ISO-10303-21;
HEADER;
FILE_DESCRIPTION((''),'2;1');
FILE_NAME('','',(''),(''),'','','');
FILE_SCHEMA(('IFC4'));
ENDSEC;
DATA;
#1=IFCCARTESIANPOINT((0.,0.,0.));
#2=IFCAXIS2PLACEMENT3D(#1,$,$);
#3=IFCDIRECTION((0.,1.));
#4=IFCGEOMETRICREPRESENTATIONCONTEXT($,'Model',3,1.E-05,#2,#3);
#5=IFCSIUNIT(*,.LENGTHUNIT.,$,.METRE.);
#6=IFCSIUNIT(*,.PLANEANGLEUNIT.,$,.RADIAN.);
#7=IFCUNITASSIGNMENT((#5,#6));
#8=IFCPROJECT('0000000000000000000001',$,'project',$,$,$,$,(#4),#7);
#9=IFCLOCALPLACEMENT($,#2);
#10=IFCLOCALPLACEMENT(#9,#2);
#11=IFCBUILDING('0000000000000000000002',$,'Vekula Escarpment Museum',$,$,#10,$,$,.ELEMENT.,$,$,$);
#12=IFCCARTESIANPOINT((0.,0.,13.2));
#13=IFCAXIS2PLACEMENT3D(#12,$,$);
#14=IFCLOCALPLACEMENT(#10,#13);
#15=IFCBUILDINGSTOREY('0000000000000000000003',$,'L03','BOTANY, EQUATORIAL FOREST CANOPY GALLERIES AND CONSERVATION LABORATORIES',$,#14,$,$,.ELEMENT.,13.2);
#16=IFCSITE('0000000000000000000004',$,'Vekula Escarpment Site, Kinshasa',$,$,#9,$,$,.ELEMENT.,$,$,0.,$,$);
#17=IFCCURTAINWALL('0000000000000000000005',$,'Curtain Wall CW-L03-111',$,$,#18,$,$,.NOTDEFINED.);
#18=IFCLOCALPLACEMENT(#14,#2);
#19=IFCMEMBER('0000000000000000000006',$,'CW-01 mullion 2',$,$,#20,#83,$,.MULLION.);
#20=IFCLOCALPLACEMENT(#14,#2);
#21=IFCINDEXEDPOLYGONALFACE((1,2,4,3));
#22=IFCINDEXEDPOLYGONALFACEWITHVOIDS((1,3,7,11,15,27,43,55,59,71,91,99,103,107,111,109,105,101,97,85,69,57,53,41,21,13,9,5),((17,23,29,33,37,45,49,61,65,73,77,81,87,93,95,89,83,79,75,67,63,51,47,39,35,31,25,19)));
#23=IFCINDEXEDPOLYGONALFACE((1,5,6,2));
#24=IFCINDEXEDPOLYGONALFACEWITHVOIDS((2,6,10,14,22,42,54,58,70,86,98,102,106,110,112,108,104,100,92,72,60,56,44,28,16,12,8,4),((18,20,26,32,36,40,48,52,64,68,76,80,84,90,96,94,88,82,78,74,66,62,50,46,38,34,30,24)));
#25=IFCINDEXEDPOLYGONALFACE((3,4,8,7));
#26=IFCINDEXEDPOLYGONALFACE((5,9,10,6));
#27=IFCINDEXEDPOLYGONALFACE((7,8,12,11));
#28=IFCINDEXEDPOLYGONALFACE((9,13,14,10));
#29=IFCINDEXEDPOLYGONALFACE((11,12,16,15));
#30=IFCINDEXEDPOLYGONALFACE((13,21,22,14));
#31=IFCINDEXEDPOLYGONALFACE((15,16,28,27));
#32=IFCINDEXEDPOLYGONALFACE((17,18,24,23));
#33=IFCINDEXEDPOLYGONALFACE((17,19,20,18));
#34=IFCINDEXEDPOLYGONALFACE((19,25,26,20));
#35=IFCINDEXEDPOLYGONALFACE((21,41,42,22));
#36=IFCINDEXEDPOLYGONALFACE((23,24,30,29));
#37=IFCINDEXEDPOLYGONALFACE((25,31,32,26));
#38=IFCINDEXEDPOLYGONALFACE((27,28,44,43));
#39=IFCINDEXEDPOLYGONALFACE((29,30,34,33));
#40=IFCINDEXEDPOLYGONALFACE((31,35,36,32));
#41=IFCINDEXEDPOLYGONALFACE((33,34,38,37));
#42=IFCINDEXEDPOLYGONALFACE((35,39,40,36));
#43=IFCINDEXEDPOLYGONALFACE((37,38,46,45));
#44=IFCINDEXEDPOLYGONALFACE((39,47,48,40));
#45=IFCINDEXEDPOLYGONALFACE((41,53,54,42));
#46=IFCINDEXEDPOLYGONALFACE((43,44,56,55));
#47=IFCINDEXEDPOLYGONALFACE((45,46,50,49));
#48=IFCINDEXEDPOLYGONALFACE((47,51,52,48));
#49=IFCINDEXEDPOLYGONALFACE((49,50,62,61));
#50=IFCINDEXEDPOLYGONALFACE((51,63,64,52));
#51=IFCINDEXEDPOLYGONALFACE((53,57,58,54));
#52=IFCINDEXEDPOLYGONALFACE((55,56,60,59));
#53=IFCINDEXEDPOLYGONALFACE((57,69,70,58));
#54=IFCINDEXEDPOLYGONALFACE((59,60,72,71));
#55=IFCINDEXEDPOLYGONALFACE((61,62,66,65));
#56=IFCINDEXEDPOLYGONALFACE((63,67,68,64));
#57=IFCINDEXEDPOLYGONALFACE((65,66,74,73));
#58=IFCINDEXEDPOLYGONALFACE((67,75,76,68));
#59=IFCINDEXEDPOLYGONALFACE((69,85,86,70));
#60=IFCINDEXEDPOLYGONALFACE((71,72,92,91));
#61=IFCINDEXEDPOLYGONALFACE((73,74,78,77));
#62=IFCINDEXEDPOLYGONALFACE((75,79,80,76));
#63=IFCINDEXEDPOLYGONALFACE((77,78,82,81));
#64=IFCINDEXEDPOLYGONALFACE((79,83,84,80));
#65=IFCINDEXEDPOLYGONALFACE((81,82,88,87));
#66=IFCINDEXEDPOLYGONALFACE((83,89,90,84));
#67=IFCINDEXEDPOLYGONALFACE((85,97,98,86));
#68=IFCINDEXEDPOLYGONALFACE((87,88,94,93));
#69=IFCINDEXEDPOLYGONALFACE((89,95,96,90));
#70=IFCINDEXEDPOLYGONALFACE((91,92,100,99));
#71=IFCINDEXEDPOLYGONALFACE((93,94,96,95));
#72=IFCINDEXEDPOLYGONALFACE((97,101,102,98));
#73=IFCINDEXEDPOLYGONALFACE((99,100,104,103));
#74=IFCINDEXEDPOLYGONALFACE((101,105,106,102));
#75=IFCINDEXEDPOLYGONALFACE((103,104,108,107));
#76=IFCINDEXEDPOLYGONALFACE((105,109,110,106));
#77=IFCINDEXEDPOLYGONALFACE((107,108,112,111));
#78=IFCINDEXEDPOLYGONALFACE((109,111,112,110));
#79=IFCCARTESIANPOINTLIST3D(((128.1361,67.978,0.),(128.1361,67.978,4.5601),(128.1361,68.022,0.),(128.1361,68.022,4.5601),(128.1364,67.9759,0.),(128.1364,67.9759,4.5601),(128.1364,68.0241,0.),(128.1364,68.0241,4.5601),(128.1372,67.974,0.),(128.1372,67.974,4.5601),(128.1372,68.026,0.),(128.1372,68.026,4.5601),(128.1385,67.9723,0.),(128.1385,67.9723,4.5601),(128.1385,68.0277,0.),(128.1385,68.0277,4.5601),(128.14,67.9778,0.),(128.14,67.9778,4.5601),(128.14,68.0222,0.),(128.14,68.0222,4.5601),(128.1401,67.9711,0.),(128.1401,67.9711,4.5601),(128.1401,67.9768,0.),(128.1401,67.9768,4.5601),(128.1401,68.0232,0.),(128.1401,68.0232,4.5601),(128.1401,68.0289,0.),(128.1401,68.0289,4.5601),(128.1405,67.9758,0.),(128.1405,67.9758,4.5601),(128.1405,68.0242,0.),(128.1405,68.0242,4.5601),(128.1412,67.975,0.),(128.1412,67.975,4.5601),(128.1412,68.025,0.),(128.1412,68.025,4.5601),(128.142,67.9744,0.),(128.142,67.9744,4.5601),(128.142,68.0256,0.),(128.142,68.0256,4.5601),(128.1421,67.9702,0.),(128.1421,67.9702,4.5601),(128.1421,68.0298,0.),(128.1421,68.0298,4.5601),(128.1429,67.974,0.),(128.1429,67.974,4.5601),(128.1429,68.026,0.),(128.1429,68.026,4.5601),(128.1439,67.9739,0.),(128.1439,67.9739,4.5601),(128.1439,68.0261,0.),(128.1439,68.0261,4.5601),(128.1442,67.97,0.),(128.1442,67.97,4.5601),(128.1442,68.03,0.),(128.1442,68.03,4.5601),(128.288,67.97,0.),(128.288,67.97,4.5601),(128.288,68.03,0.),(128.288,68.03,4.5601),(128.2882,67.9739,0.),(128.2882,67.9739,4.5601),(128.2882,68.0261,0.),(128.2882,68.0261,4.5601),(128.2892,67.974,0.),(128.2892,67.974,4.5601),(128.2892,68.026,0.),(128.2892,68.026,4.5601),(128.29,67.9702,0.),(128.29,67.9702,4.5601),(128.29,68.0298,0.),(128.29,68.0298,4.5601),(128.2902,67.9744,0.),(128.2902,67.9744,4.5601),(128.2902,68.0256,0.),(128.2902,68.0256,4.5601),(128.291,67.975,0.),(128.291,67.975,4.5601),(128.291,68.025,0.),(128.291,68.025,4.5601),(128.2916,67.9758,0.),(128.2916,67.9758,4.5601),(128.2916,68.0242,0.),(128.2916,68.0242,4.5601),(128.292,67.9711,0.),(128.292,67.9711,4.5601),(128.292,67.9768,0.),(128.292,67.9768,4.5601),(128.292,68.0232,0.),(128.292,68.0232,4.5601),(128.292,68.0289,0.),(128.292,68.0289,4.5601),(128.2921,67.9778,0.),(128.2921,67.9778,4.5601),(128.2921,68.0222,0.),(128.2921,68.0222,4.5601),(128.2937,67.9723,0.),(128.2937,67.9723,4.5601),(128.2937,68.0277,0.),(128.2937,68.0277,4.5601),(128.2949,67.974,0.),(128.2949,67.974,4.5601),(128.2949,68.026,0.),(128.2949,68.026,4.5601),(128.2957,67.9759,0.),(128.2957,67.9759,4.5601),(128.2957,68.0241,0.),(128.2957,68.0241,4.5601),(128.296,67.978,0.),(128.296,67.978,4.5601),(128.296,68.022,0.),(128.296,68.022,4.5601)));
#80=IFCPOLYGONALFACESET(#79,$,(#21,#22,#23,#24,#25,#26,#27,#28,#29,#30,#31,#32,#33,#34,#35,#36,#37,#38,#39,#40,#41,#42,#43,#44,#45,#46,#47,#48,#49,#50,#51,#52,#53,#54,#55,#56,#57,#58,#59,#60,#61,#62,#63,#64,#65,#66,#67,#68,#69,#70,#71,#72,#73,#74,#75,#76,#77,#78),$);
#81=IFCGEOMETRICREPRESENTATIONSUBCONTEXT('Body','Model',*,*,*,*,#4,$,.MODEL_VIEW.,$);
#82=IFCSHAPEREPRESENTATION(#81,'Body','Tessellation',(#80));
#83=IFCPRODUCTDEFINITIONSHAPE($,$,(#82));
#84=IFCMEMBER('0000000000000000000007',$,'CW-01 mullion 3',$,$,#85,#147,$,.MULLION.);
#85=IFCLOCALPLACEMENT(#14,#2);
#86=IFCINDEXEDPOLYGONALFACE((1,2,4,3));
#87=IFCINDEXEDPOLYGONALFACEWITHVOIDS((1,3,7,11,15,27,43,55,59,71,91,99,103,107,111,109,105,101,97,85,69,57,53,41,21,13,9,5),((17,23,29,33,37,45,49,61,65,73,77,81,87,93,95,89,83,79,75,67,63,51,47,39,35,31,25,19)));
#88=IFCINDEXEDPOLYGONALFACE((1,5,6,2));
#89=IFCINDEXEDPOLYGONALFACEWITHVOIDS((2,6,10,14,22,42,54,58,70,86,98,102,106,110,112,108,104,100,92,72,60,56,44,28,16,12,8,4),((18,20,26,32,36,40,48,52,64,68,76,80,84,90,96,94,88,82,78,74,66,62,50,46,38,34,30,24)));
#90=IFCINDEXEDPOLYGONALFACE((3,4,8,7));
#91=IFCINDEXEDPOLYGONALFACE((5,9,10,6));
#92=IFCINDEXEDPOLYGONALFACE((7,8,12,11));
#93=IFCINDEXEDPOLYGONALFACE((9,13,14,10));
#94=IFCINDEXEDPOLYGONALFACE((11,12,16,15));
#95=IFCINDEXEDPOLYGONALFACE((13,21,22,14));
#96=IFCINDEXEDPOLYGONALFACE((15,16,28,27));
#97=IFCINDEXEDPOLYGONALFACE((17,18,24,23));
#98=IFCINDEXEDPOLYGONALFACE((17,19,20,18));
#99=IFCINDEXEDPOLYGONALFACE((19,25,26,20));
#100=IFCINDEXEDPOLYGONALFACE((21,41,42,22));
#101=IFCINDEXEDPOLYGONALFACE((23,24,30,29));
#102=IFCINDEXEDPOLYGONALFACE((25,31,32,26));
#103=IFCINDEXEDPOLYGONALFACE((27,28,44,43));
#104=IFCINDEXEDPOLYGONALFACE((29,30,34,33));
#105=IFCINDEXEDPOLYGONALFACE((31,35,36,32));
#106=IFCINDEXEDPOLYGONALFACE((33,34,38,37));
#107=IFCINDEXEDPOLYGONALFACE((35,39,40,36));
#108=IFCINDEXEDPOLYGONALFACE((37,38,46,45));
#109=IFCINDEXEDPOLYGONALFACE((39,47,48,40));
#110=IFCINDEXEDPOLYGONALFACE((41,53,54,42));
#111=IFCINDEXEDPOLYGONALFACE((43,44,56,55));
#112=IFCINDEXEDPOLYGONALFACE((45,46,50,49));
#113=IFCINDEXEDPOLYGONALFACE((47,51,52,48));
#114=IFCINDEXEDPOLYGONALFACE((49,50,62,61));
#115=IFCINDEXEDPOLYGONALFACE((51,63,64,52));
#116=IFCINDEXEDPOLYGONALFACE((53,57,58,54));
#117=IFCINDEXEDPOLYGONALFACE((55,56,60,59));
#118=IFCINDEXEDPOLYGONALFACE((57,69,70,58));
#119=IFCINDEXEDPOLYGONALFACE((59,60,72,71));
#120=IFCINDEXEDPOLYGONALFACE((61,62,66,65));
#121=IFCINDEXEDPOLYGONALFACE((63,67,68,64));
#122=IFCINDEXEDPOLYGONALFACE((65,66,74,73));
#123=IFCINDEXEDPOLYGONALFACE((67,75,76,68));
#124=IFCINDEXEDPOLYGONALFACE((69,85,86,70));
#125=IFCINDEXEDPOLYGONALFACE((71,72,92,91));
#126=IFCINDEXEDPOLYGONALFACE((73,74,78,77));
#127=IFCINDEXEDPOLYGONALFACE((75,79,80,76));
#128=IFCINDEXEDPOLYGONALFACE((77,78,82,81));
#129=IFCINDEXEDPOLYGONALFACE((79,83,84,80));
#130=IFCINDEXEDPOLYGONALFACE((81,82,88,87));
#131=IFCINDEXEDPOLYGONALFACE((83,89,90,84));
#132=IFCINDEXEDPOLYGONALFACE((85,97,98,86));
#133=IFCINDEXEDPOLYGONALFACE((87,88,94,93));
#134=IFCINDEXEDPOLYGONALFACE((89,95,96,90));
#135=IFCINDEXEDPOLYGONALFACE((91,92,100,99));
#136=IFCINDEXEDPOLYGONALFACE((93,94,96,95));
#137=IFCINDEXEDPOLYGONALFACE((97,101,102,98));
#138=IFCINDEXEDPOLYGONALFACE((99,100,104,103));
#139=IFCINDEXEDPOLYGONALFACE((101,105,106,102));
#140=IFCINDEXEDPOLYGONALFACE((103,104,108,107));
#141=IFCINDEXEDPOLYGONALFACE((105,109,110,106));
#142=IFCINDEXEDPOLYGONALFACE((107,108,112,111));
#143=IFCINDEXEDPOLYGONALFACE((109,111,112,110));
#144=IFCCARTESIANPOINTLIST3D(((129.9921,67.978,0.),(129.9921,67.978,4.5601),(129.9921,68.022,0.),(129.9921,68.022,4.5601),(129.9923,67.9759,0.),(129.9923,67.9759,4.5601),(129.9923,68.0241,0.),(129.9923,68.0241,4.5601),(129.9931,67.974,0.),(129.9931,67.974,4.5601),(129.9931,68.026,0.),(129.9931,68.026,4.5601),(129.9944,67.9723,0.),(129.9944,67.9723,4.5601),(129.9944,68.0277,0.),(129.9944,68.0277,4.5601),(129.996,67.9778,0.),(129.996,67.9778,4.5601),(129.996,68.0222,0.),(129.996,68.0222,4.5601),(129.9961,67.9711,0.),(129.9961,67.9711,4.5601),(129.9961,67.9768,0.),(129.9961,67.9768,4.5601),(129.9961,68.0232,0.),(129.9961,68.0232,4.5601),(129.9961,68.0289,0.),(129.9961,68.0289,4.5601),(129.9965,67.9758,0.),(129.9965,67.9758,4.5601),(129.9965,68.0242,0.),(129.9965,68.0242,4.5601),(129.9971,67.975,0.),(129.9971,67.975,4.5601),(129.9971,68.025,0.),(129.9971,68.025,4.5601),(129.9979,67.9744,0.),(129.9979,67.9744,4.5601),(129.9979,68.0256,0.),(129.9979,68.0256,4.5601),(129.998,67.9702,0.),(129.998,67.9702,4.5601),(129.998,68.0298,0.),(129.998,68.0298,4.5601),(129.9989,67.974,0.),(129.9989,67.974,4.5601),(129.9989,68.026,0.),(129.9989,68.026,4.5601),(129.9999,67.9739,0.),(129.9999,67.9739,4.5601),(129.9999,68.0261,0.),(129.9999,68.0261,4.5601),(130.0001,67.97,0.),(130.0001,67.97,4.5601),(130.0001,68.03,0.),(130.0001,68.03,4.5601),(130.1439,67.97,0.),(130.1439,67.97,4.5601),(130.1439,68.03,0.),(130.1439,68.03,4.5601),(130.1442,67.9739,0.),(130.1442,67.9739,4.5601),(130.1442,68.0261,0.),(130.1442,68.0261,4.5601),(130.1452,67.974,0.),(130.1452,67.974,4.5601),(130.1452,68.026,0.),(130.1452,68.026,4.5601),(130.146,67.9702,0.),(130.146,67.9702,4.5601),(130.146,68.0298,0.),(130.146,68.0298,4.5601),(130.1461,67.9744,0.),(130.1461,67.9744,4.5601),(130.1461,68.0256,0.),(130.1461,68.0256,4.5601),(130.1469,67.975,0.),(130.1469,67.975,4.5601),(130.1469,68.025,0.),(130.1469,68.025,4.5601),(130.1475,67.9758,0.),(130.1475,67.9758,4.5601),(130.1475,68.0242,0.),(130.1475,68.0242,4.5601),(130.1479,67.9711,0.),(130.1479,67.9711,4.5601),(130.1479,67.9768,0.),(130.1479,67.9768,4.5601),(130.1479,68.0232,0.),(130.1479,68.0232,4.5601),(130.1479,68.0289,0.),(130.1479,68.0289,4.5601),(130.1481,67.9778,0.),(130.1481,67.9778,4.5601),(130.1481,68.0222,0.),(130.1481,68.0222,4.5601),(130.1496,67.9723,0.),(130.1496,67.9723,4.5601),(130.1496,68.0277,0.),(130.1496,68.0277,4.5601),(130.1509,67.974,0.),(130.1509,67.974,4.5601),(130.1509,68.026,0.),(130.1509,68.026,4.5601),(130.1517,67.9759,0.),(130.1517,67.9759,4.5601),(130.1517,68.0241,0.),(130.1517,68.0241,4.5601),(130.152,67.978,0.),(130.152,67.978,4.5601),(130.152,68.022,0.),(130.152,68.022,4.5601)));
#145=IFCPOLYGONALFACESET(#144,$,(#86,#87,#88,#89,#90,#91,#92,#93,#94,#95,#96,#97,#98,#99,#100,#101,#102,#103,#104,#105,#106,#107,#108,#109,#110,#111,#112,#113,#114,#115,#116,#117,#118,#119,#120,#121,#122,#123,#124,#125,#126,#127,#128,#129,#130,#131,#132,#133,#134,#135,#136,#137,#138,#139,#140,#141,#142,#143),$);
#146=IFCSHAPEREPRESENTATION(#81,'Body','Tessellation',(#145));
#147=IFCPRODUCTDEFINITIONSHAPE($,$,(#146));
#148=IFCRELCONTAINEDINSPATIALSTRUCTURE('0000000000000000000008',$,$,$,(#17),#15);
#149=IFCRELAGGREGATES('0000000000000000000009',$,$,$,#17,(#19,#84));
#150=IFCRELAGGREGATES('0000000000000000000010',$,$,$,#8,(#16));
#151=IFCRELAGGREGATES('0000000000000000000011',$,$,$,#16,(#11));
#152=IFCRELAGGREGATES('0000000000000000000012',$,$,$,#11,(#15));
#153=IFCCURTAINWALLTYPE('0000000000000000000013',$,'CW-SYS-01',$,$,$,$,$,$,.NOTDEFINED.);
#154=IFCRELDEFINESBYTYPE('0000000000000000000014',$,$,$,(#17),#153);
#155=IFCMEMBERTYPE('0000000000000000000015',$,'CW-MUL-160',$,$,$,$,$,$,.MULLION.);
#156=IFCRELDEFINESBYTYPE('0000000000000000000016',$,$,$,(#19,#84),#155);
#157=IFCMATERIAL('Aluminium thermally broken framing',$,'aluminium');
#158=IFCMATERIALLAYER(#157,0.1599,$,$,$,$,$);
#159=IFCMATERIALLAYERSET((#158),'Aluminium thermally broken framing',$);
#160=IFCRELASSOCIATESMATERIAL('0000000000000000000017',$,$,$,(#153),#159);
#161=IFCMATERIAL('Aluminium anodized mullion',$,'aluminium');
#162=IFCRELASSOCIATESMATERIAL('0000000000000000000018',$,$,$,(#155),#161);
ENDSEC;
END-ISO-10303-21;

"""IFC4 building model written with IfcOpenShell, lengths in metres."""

from ifc_helpers import new_model, si_unit, direction, frame, origin, origin_2d, place, context, subcontext, project, spatial, hollow_rectangle, extrude, material, layer, layer_set, material_profile, profile_set, type_object, element, aggregate, save


model = new_model("IFC4")

# Units and contexts
model_context = context("Model", 3, precision=1e-05, world=origin(), true_north=direction((0.0, 1.0)))
body_context = subcontext(model_context, "Body", "Model", "MODEL_VIEW")
ifc_project = project(units=[si_unit("LENGTHUNIT", "METRE"), si_unit("PLANEANGLEUNIT", "RADIAN")], contexts=[model_context])

# Site, building, storey
site_placement = place(None, origin())
site = spatial("IfcSite", under=ifc_project, at=site_placement, Name="Vekula Escarpment Site, Kinshasa", CompositionType="ELEMENT", RefElevation=0.0)
building_placement = place(site_placement, origin())
building = spatial("IfcBuilding", under=site, at=building_placement, Name="Vekula Escarpment Museum", CompositionType="ELEMENT")
storey_placement = place(building_placement, frame((0.0, 0.0, 13.2)))
storey = spatial("IfcBuildingStorey", under=building, at=storey_placement, Name="L03", Description="BOTANY, EQUATORIAL FOREST CANOPY GALLERIES AND CONSERVATION LABORATORIES", CompositionType="ELEMENT", Elevation=13.2)

# Curtain wall, members
ifc_material_1 = material(Name="Aluminium thermally broken framing", Category="aluminium")
ifc_layer_1 = layer(ifc_material_1, 0.1599)
ifc_layer_set_1 = layer_set([ifc_layer_1], Name="Aluminium thermally broken framing")
curtain_wall_type = type_object("IfcCurtainWallType", Name="CW-SYS-01", PredefinedType="NOTDEFINED", material=ifc_layer_set_1)
curtain_wall_placement = place(storey_placement, origin())
curtain_wall = element("IfcCurtainWall", 1, at=curtain_wall_placement, inside=storey, type_object=curtain_wall_type, Name="Curtain Wall CW-L03-111", PredefinedType="NOTDEFINED")
ifc_material_2 = material(Name="Aluminium anodized mullion", Category="aluminium")
ifc_material_profile_1 = material_profile(ifc_material_2, hollow_rectangle(XDim=0.0601, YDim=0.1599, WallThickness=0.0039, InnerFilletRadius=0.0039, OuterFilletRadius=0.0081, at=origin_2d()), Name="ALU 160x60x4")
ifc_profile_set_1 = profile_set([ifc_material_profile_1], Name="Aluminium anodized mullion")
member_type_1 = type_object("IfcMemberType", Name="CW-MUL-160", PredefinedType="MULLION", material=ifc_profile_set_1)
member_1_placement = place(storey_placement, frame((128.2161, 68.0, 0.0), z_axis=(0.0, 0.0, 1.0), x_axis=(0.0, 1.0, 0.0)))
member_1 = element("IfcMember", 2, at=member_1_placement, type_object=member_type_1, Name="CW-01 mullion 2", PredefinedType="MULLION", context=body_context, shape_type="SweptSolid", body=[
    extrude(hollow_rectangle(XDim=0.0601, YDim=0.1599, WallThickness=0.0039, InnerFilletRadius=0.0039, OuterFilletRadius=0.0081, at=origin_2d()), origin(), (0.0, 0.0, 1.0), 4.5601),
])
member_2_placement = place(storey_placement, frame((130.072, 68.0, 0.0), z_axis=(0.0, 0.0, 1.0), x_axis=(0.0, 1.0, 0.0)))
member_2 = element("IfcMember", 3, at=member_2_placement, type_object=member_type_1, Name="CW-01 mullion 3", PredefinedType="MULLION", context=body_context, shape_type="SweptSolid", body=[
    extrude(hollow_rectangle(XDim=0.0601, YDim=0.1599, WallThickness=0.0039, InnerFilletRadius=0.0039, OuterFilletRadius=0.0081, at=origin_2d()), origin(), (0.0, 0.0, 1.0), 4.5601),
])
aggregate(curtain_wall, [member_1, member_2])

save(model, "model.ifc")
